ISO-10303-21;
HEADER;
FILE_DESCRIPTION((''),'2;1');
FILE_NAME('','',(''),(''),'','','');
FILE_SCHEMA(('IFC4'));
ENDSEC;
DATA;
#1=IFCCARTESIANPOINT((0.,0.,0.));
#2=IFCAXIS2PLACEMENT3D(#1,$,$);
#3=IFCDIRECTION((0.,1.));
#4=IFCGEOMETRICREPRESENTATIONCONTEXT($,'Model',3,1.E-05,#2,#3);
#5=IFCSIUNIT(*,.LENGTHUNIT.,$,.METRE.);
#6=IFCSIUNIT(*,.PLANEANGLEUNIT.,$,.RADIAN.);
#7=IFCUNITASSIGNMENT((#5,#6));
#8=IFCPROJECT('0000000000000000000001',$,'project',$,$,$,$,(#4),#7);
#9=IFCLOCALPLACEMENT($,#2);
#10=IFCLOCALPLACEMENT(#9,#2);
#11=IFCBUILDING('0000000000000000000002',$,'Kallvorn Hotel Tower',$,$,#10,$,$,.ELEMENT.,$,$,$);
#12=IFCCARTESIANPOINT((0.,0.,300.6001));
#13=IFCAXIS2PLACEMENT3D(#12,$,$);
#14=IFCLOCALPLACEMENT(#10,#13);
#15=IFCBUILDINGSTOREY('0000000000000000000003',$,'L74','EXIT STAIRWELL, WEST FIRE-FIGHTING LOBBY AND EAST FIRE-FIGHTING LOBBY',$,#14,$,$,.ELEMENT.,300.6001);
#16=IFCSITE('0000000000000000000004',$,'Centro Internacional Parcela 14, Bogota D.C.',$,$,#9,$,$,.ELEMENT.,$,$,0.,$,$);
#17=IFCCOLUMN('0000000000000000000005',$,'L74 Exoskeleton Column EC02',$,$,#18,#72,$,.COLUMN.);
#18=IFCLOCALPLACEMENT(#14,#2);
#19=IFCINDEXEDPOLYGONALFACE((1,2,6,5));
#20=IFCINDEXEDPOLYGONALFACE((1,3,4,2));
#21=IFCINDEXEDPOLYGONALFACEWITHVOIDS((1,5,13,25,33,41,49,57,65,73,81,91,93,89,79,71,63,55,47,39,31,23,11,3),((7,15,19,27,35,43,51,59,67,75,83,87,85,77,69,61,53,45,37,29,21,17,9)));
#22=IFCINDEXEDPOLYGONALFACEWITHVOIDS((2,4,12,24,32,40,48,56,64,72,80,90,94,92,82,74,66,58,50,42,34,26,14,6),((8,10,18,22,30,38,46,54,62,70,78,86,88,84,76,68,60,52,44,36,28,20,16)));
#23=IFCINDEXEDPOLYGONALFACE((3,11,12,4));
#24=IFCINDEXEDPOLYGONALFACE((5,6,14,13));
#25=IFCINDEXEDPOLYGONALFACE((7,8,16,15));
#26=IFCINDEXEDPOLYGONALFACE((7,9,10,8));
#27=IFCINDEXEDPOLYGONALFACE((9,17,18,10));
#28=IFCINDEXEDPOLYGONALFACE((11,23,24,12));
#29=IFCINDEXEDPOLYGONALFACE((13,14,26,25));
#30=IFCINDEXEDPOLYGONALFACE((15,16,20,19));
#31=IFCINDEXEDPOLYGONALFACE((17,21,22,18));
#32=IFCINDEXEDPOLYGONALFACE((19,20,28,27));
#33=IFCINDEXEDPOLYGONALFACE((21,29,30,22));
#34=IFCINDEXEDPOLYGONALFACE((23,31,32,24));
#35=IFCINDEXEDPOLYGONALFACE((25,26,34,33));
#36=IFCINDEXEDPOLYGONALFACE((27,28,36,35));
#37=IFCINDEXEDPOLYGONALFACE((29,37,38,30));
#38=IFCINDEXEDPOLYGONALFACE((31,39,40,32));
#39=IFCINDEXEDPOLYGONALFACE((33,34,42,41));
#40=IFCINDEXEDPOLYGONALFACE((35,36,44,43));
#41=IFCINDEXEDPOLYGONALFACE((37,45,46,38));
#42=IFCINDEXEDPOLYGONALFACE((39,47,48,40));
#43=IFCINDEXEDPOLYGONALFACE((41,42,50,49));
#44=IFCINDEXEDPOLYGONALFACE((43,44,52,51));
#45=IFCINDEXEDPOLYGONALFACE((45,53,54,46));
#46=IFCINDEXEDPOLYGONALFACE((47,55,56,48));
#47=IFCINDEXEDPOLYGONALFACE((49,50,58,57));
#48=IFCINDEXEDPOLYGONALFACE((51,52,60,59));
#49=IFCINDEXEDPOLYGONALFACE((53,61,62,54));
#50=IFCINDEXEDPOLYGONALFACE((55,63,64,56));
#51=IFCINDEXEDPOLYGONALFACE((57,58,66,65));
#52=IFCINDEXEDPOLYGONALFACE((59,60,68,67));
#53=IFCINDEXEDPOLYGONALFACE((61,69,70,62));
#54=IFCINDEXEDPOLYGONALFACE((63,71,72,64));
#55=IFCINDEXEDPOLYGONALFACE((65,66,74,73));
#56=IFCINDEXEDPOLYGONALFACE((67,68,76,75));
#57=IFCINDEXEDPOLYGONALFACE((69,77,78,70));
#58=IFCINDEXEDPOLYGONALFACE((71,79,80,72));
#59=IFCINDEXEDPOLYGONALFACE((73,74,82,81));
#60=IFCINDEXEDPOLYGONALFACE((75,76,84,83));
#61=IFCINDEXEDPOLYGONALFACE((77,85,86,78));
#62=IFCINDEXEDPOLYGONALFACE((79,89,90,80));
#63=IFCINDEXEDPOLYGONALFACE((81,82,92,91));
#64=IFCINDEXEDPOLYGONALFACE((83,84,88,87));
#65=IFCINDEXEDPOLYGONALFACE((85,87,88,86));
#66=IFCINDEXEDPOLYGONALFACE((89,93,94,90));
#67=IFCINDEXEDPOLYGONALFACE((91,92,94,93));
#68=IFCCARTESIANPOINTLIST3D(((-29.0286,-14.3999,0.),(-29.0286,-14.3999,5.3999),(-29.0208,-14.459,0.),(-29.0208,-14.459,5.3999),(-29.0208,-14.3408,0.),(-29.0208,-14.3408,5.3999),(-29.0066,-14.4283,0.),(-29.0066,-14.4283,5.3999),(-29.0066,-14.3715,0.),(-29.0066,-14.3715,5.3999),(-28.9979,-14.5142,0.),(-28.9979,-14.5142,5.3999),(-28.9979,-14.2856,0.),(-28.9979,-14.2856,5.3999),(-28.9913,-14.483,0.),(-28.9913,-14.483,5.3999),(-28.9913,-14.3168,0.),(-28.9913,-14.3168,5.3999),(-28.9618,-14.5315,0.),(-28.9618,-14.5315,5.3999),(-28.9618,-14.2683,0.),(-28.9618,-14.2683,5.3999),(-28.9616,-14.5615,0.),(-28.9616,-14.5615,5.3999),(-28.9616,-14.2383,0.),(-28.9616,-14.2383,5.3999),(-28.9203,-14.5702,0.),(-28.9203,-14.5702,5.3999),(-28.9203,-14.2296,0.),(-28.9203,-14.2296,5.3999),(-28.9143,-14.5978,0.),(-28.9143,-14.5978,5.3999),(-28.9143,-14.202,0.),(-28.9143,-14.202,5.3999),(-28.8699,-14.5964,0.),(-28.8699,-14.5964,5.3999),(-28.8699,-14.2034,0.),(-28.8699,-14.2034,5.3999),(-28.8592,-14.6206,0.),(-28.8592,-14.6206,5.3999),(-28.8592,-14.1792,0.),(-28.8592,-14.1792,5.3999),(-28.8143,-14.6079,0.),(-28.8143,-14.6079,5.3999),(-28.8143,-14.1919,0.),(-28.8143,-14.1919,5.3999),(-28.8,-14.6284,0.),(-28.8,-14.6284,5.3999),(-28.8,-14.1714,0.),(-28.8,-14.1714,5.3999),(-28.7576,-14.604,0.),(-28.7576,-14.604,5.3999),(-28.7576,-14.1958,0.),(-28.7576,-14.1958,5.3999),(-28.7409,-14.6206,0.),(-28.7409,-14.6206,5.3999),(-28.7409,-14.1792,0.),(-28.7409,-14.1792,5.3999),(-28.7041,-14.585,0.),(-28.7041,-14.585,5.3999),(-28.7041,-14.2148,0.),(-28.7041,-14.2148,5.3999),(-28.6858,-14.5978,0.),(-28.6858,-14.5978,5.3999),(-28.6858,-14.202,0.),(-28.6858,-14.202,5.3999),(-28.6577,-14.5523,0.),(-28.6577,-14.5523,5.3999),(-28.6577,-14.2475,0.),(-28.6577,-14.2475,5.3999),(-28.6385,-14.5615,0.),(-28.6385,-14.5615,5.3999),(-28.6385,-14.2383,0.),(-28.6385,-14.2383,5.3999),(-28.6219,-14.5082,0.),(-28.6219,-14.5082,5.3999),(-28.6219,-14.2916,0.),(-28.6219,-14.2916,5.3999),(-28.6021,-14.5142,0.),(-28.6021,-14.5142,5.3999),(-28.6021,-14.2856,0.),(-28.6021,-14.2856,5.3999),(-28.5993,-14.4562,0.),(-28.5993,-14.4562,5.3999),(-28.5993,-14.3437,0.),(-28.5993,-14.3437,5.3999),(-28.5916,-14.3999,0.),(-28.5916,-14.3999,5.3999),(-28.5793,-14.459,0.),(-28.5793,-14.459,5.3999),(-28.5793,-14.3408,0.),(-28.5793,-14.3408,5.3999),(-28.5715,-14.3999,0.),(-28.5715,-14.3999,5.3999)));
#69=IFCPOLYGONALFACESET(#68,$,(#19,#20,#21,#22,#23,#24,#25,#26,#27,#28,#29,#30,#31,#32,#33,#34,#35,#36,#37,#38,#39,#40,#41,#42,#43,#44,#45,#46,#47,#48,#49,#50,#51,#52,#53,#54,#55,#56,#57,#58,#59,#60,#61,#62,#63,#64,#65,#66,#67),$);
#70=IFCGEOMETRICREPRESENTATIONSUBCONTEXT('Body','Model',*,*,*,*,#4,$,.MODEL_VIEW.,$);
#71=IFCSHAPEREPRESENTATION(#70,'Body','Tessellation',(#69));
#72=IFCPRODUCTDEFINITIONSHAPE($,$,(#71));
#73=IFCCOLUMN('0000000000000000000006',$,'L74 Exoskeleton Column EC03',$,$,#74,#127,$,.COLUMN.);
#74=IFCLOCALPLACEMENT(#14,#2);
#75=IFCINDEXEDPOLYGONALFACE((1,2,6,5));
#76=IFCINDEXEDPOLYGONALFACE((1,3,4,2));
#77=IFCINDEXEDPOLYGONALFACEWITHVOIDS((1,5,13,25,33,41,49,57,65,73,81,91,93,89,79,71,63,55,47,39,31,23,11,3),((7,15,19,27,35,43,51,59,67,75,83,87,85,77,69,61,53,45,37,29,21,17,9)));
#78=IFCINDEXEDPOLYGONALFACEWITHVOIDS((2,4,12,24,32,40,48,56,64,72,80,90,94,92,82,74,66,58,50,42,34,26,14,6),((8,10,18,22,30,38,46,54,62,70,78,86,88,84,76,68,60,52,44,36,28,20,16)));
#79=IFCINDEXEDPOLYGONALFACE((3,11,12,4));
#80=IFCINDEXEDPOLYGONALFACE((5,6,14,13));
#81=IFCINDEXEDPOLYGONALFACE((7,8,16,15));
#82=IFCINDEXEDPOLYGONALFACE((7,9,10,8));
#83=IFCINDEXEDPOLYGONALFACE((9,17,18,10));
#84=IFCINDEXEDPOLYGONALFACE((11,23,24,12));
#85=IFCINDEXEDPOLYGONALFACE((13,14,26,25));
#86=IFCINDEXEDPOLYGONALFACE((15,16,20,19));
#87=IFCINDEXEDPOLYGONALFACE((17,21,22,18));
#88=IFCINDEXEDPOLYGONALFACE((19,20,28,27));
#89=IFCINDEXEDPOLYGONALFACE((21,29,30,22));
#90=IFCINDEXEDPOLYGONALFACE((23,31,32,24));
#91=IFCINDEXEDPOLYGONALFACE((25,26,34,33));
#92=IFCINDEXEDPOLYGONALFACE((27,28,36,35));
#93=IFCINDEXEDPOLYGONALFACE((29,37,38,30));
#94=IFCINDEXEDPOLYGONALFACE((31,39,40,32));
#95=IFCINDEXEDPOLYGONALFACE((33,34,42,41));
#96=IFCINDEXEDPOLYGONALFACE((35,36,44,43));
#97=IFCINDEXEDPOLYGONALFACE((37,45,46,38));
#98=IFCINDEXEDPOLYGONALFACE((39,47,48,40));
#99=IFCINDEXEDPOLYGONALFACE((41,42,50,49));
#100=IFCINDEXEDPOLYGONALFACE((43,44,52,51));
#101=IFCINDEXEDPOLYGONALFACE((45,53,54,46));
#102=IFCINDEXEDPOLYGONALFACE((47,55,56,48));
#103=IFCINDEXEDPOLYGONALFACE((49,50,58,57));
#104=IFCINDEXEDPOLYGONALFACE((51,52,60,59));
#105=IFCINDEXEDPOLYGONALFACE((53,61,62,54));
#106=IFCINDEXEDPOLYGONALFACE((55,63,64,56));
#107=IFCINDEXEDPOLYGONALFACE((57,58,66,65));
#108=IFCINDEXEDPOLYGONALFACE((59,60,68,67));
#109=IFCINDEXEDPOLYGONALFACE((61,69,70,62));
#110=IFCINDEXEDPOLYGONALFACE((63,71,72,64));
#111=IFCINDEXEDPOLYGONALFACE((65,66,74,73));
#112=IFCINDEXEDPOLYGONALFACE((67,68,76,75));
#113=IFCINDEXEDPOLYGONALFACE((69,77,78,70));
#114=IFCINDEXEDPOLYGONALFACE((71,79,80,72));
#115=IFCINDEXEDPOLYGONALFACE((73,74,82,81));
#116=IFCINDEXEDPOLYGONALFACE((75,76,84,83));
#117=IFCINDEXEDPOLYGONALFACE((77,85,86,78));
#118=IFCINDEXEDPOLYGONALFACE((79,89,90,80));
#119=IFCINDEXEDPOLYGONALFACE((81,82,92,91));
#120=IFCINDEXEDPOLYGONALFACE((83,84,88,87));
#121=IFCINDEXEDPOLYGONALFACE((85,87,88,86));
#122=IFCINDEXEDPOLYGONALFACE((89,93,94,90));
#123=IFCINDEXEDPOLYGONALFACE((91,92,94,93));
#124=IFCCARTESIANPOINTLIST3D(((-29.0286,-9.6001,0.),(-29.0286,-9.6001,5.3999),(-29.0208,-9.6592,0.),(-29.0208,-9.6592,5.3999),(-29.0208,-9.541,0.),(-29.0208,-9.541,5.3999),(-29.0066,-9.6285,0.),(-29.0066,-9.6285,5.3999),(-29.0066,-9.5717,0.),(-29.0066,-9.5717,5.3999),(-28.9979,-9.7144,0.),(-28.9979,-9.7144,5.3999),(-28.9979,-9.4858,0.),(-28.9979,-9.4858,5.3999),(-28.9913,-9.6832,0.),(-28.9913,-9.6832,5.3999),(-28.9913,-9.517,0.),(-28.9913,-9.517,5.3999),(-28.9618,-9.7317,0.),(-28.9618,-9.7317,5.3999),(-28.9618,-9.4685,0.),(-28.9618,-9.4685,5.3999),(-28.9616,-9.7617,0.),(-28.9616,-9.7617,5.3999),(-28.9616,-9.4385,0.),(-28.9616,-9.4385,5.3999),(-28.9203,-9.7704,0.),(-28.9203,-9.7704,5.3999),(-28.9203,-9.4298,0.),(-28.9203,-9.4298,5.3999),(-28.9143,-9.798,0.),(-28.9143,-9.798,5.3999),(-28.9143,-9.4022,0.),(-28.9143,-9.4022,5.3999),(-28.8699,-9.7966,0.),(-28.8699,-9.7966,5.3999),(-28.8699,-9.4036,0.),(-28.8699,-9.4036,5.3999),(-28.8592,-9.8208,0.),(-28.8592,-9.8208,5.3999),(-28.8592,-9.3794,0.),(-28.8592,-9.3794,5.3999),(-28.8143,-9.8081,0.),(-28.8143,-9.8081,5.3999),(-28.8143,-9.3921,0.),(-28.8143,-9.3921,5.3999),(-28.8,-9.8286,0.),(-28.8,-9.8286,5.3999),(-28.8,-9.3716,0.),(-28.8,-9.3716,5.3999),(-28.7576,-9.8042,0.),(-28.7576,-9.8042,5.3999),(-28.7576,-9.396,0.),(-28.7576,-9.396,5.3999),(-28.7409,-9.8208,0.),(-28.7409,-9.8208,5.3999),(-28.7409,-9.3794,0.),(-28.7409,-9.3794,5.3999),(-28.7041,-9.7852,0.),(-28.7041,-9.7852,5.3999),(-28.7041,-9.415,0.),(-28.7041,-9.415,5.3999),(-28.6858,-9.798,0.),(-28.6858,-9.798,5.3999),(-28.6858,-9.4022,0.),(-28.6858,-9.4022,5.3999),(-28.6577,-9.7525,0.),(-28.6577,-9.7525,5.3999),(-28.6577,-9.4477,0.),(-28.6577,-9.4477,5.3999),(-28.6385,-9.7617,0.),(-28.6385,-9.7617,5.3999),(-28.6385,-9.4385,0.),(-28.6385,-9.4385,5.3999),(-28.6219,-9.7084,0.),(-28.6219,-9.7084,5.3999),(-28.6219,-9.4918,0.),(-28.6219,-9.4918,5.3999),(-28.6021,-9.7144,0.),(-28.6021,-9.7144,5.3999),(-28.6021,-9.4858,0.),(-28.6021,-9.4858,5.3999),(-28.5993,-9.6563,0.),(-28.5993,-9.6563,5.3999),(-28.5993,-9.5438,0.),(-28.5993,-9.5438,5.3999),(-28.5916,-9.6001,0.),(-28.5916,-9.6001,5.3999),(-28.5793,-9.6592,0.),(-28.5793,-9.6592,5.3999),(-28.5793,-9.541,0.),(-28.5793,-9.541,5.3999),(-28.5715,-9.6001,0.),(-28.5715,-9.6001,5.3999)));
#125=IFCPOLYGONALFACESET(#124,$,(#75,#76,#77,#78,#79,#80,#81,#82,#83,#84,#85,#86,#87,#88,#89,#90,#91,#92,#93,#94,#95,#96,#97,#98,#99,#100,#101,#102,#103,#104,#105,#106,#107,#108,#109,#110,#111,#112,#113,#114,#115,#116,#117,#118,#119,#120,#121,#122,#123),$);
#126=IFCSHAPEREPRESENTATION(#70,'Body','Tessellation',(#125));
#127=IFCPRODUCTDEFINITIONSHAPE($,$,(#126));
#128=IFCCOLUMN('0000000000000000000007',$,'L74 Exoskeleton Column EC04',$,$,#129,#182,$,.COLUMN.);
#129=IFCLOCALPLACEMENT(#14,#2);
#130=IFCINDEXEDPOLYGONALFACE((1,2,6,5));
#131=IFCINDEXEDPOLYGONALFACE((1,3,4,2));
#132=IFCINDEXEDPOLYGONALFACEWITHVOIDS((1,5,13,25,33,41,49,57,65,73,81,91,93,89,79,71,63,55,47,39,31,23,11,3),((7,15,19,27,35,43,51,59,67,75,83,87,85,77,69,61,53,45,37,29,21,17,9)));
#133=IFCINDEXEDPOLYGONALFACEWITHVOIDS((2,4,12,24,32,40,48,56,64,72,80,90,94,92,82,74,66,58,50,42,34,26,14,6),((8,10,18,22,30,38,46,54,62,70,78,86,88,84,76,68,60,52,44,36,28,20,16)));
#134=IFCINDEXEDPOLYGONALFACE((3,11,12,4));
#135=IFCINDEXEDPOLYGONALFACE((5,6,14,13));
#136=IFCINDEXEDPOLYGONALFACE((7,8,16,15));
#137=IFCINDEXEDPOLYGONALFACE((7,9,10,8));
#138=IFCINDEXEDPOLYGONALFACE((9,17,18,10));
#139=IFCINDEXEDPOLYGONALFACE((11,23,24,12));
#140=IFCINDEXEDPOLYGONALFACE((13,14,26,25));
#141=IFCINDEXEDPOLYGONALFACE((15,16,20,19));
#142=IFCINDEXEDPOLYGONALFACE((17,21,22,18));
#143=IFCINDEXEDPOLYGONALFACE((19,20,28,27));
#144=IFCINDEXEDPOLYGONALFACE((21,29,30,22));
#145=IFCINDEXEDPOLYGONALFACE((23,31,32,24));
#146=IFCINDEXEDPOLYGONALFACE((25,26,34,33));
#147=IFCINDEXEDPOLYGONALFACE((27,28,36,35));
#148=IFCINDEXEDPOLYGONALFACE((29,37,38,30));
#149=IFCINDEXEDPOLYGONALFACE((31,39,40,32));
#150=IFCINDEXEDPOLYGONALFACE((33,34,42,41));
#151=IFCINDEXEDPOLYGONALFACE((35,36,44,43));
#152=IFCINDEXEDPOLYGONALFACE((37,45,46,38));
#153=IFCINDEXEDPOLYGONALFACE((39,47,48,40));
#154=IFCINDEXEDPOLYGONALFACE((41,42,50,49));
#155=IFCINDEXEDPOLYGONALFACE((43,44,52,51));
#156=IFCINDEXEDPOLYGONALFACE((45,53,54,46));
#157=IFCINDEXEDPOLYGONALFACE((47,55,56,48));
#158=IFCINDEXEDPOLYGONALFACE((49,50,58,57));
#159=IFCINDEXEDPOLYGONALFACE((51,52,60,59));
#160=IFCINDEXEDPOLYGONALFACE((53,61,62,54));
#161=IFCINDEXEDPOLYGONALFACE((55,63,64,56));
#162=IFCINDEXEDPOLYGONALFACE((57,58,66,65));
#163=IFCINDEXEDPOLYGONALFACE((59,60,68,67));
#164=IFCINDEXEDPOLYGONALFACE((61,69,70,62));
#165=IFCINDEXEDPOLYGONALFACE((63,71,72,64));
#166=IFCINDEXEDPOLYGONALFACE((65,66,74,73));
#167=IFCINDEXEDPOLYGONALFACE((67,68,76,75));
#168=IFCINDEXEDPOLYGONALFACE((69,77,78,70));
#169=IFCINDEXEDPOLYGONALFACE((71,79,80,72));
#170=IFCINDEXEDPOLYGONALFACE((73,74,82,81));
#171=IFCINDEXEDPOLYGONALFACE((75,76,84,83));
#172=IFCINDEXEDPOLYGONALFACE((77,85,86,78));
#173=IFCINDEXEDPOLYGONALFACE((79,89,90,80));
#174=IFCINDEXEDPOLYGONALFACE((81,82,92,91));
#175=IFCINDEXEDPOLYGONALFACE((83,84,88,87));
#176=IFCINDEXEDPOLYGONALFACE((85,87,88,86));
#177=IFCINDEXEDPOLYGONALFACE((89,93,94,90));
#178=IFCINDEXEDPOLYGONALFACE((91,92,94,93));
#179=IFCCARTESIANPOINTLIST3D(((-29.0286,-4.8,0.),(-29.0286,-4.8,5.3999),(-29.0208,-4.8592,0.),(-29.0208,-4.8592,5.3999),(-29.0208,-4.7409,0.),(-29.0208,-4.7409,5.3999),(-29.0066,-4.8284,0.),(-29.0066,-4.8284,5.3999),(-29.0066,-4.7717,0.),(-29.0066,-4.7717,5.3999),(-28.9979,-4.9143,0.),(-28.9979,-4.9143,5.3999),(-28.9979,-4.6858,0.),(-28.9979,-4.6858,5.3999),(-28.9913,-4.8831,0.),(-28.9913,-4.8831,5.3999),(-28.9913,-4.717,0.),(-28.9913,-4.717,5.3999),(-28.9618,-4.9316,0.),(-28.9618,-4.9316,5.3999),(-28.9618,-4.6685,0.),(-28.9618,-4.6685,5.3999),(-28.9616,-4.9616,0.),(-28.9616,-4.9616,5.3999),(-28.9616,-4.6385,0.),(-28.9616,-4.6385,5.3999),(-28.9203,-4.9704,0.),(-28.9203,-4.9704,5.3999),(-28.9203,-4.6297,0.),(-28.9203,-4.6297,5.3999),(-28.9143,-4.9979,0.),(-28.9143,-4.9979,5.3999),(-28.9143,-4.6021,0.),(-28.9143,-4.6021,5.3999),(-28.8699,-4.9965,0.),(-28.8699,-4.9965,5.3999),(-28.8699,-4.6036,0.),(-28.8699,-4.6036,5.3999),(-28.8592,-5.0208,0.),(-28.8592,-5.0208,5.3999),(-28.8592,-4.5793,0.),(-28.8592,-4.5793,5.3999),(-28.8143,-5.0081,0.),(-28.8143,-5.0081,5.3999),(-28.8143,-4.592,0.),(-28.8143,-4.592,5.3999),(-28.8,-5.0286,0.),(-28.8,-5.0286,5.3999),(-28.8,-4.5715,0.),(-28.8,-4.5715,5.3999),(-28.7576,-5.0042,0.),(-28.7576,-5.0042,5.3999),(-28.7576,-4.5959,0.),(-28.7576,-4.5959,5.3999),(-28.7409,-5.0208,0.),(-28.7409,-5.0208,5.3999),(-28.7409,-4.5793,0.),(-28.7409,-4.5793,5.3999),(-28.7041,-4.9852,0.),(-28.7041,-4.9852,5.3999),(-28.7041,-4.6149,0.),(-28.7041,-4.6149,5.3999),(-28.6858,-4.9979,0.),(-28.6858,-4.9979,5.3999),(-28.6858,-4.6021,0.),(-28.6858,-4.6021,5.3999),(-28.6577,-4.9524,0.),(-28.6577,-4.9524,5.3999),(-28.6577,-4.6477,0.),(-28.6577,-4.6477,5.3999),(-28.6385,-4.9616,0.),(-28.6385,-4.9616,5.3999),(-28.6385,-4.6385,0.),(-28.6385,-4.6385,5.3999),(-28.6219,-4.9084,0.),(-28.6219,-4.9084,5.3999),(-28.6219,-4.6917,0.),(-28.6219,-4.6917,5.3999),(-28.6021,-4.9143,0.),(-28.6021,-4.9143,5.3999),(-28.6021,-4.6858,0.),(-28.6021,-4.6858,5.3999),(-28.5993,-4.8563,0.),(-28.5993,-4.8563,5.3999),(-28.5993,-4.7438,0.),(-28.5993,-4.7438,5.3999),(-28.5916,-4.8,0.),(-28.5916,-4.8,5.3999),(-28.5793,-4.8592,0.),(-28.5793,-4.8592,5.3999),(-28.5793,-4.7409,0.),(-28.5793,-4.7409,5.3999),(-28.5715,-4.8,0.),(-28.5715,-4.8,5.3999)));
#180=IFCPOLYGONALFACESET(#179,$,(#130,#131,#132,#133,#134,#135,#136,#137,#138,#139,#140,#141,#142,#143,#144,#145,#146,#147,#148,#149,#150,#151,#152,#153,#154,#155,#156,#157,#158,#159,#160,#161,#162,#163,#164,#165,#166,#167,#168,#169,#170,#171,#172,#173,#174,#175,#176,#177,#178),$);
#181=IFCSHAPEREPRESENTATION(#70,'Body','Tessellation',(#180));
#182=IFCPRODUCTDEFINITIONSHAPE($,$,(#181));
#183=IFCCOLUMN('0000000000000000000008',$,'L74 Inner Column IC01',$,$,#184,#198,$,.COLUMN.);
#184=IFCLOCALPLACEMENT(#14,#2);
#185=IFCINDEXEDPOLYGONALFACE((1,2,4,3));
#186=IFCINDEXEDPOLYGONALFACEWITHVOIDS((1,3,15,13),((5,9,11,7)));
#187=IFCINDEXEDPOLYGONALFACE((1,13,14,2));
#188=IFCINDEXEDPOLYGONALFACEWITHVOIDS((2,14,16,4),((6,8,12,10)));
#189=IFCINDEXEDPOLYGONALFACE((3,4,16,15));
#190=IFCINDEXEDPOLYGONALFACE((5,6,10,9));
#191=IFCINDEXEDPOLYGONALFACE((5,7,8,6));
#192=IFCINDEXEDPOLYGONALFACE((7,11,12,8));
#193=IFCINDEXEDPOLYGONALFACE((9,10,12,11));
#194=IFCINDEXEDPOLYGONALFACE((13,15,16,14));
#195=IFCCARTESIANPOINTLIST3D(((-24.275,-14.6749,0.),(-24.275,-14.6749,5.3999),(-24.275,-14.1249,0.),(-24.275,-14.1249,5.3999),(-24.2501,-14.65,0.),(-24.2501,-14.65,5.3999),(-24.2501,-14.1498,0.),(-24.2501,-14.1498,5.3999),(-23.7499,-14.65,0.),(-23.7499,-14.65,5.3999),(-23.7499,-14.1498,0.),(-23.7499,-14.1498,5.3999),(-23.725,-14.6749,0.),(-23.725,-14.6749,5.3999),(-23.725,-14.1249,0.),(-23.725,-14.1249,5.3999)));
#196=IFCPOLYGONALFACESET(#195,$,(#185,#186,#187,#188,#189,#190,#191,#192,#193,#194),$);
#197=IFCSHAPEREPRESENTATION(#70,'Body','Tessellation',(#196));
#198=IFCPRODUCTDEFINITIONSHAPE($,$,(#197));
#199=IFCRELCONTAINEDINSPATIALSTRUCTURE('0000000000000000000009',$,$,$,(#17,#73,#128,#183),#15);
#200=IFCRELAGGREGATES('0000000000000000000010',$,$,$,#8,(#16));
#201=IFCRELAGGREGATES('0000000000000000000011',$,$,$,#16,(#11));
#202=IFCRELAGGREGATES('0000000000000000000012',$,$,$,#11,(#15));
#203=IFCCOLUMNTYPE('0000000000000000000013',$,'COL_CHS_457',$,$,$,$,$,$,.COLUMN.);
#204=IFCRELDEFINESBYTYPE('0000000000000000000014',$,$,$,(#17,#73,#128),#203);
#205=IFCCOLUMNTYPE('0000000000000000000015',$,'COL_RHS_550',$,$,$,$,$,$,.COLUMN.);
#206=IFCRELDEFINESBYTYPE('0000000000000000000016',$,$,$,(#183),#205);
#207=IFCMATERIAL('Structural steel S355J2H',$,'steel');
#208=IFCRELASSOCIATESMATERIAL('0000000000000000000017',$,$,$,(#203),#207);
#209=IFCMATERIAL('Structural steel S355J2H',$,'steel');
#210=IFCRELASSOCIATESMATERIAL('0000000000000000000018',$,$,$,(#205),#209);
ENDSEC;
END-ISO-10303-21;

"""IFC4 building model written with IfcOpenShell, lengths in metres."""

from ifc_helpers import new_model, si_unit, direction, frame, origin, origin_2d, place, context, subcontext, project, spatial, hollow_rectangle, hollow_circle, extrude, material, material_profile, profile_set, type_object, element, save


model = new_model("IFC4")

# Units and contexts
model_context = context("Model", 3, precision=1e-05, world=origin(), true_north=direction((0.0, 1.0)))
body_context = subcontext(model_context, "Body", "Model", "MODEL_VIEW")
ifc_project = project(units=[si_unit("LENGTHUNIT", "METRE"), si_unit("PLANEANGLEUNIT", "RADIAN")], contexts=[model_context])

# Site, building, storey
site_placement = place(None, origin())
site = spatial("IfcSite", under=ifc_project, at=site_placement, Name="Centro Internacional Parcela 14, Bogota D.C.", CompositionType="ELEMENT", RefElevation=0.0)
building_placement = place(site_placement, origin())
building = spatial("IfcBuilding", under=site, at=building_placement, Name="Kallvorn Hotel Tower", CompositionType="ELEMENT")
storey_placement = place(building_placement, frame((0.0, 0.0, 300.6001)))
storey = spatial("IfcBuildingStorey", under=building, at=storey_placement, Name="L74", Description="EXIT STAIRWELL, WEST FIRE-FIGHTING LOBBY AND EAST FIRE-FIGHTING LOBBY", CompositionType="ELEMENT", Elevation=300.6001)

# Columns
ifc_material_1 = material(Name="Structural steel S355J2H", Category="steel")
ifc_material_profile_1 = material_profile(ifc_material_1, hollow_circle(Radius=0.2285, WallThickness=0.02, at=origin_2d()), Name="CHS 457x20")
ifc_profile_set_1 = profile_set([ifc_material_profile_1], Name="Structural steel S355J2H")
column_type_1 = type_object("IfcColumnType", Name="COL_CHS_457", PredefinedType="COLUMN", material=ifc_profile_set_1)
for number, where, z_axis, x_axis, name in (
    (1, (-28.8, -14.3999, 0.0), (0.0, 0.0, 1.0), (1.0, 0.0, 0.0), "L74 Exoskeleton Column EC02"),
    (2, (-28.8, -9.6001, 0.0), (0.0, 0.0, 1.0), (1.0, 0.0, 0.0), "L74 Exoskeleton Column EC03"),
    (3, (-28.8, -4.8, 0.0), (0.0, 0.0, 1.0), (1.0, 0.0, 0.0), "L74 Exoskeleton Column EC04"),
):
    element("IfcColumn", number, at=place(storey_placement, frame(where, z_axis=z_axis, x_axis=x_axis)), inside=storey, type_object=column_type_1, Name=name, PredefinedType="COLUMN", context=body_context, shape_type="SweptSolid", body=[
        extrude(hollow_circle(Radius=0.2285, WallThickness=0.02, at=origin_2d()), origin(), (0.0, 0.0, 1.0), 5.3999),
    ])
ifc_material_2 = material(Name="Structural steel S355J2H", Category="steel")
ifc_material_profile_2 = material_profile(ifc_material_2, hollow_rectangle(XDim=0.55, YDim=0.55, WallThickness=0.0249, at=origin_2d()), Name="RHS 550x550x25")
ifc_profile_set_2 = profile_set([ifc_material_profile_2], Name="Structural steel S355J2H")
column_type_2 = type_object("IfcColumnType", Name="COL_RHS_550", PredefinedType="COLUMN", material=ifc_profile_set_2)
for number, where, z_axis, x_axis, name in (
    (4, (-24.0, -14.3999, 0.0), (0.0, 0.0, 1.0), (1.0, 0.0, 0.0), "L74 Inner Column IC01"),
):
    element("IfcColumn", number, at=place(storey_placement, frame(where, z_axis=z_axis, x_axis=x_axis)), inside=storey, type_object=column_type_2, Name=name, PredefinedType="COLUMN", context=body_context, shape_type="SweptSolid", body=[
        extrude(hollow_rectangle(XDim=0.55, YDim=0.55, WallThickness=0.0249, at=origin_2d()), origin(), (0.0, 0.0, 1.0), 5.3999),
    ])

save(model, "model.ifc")
